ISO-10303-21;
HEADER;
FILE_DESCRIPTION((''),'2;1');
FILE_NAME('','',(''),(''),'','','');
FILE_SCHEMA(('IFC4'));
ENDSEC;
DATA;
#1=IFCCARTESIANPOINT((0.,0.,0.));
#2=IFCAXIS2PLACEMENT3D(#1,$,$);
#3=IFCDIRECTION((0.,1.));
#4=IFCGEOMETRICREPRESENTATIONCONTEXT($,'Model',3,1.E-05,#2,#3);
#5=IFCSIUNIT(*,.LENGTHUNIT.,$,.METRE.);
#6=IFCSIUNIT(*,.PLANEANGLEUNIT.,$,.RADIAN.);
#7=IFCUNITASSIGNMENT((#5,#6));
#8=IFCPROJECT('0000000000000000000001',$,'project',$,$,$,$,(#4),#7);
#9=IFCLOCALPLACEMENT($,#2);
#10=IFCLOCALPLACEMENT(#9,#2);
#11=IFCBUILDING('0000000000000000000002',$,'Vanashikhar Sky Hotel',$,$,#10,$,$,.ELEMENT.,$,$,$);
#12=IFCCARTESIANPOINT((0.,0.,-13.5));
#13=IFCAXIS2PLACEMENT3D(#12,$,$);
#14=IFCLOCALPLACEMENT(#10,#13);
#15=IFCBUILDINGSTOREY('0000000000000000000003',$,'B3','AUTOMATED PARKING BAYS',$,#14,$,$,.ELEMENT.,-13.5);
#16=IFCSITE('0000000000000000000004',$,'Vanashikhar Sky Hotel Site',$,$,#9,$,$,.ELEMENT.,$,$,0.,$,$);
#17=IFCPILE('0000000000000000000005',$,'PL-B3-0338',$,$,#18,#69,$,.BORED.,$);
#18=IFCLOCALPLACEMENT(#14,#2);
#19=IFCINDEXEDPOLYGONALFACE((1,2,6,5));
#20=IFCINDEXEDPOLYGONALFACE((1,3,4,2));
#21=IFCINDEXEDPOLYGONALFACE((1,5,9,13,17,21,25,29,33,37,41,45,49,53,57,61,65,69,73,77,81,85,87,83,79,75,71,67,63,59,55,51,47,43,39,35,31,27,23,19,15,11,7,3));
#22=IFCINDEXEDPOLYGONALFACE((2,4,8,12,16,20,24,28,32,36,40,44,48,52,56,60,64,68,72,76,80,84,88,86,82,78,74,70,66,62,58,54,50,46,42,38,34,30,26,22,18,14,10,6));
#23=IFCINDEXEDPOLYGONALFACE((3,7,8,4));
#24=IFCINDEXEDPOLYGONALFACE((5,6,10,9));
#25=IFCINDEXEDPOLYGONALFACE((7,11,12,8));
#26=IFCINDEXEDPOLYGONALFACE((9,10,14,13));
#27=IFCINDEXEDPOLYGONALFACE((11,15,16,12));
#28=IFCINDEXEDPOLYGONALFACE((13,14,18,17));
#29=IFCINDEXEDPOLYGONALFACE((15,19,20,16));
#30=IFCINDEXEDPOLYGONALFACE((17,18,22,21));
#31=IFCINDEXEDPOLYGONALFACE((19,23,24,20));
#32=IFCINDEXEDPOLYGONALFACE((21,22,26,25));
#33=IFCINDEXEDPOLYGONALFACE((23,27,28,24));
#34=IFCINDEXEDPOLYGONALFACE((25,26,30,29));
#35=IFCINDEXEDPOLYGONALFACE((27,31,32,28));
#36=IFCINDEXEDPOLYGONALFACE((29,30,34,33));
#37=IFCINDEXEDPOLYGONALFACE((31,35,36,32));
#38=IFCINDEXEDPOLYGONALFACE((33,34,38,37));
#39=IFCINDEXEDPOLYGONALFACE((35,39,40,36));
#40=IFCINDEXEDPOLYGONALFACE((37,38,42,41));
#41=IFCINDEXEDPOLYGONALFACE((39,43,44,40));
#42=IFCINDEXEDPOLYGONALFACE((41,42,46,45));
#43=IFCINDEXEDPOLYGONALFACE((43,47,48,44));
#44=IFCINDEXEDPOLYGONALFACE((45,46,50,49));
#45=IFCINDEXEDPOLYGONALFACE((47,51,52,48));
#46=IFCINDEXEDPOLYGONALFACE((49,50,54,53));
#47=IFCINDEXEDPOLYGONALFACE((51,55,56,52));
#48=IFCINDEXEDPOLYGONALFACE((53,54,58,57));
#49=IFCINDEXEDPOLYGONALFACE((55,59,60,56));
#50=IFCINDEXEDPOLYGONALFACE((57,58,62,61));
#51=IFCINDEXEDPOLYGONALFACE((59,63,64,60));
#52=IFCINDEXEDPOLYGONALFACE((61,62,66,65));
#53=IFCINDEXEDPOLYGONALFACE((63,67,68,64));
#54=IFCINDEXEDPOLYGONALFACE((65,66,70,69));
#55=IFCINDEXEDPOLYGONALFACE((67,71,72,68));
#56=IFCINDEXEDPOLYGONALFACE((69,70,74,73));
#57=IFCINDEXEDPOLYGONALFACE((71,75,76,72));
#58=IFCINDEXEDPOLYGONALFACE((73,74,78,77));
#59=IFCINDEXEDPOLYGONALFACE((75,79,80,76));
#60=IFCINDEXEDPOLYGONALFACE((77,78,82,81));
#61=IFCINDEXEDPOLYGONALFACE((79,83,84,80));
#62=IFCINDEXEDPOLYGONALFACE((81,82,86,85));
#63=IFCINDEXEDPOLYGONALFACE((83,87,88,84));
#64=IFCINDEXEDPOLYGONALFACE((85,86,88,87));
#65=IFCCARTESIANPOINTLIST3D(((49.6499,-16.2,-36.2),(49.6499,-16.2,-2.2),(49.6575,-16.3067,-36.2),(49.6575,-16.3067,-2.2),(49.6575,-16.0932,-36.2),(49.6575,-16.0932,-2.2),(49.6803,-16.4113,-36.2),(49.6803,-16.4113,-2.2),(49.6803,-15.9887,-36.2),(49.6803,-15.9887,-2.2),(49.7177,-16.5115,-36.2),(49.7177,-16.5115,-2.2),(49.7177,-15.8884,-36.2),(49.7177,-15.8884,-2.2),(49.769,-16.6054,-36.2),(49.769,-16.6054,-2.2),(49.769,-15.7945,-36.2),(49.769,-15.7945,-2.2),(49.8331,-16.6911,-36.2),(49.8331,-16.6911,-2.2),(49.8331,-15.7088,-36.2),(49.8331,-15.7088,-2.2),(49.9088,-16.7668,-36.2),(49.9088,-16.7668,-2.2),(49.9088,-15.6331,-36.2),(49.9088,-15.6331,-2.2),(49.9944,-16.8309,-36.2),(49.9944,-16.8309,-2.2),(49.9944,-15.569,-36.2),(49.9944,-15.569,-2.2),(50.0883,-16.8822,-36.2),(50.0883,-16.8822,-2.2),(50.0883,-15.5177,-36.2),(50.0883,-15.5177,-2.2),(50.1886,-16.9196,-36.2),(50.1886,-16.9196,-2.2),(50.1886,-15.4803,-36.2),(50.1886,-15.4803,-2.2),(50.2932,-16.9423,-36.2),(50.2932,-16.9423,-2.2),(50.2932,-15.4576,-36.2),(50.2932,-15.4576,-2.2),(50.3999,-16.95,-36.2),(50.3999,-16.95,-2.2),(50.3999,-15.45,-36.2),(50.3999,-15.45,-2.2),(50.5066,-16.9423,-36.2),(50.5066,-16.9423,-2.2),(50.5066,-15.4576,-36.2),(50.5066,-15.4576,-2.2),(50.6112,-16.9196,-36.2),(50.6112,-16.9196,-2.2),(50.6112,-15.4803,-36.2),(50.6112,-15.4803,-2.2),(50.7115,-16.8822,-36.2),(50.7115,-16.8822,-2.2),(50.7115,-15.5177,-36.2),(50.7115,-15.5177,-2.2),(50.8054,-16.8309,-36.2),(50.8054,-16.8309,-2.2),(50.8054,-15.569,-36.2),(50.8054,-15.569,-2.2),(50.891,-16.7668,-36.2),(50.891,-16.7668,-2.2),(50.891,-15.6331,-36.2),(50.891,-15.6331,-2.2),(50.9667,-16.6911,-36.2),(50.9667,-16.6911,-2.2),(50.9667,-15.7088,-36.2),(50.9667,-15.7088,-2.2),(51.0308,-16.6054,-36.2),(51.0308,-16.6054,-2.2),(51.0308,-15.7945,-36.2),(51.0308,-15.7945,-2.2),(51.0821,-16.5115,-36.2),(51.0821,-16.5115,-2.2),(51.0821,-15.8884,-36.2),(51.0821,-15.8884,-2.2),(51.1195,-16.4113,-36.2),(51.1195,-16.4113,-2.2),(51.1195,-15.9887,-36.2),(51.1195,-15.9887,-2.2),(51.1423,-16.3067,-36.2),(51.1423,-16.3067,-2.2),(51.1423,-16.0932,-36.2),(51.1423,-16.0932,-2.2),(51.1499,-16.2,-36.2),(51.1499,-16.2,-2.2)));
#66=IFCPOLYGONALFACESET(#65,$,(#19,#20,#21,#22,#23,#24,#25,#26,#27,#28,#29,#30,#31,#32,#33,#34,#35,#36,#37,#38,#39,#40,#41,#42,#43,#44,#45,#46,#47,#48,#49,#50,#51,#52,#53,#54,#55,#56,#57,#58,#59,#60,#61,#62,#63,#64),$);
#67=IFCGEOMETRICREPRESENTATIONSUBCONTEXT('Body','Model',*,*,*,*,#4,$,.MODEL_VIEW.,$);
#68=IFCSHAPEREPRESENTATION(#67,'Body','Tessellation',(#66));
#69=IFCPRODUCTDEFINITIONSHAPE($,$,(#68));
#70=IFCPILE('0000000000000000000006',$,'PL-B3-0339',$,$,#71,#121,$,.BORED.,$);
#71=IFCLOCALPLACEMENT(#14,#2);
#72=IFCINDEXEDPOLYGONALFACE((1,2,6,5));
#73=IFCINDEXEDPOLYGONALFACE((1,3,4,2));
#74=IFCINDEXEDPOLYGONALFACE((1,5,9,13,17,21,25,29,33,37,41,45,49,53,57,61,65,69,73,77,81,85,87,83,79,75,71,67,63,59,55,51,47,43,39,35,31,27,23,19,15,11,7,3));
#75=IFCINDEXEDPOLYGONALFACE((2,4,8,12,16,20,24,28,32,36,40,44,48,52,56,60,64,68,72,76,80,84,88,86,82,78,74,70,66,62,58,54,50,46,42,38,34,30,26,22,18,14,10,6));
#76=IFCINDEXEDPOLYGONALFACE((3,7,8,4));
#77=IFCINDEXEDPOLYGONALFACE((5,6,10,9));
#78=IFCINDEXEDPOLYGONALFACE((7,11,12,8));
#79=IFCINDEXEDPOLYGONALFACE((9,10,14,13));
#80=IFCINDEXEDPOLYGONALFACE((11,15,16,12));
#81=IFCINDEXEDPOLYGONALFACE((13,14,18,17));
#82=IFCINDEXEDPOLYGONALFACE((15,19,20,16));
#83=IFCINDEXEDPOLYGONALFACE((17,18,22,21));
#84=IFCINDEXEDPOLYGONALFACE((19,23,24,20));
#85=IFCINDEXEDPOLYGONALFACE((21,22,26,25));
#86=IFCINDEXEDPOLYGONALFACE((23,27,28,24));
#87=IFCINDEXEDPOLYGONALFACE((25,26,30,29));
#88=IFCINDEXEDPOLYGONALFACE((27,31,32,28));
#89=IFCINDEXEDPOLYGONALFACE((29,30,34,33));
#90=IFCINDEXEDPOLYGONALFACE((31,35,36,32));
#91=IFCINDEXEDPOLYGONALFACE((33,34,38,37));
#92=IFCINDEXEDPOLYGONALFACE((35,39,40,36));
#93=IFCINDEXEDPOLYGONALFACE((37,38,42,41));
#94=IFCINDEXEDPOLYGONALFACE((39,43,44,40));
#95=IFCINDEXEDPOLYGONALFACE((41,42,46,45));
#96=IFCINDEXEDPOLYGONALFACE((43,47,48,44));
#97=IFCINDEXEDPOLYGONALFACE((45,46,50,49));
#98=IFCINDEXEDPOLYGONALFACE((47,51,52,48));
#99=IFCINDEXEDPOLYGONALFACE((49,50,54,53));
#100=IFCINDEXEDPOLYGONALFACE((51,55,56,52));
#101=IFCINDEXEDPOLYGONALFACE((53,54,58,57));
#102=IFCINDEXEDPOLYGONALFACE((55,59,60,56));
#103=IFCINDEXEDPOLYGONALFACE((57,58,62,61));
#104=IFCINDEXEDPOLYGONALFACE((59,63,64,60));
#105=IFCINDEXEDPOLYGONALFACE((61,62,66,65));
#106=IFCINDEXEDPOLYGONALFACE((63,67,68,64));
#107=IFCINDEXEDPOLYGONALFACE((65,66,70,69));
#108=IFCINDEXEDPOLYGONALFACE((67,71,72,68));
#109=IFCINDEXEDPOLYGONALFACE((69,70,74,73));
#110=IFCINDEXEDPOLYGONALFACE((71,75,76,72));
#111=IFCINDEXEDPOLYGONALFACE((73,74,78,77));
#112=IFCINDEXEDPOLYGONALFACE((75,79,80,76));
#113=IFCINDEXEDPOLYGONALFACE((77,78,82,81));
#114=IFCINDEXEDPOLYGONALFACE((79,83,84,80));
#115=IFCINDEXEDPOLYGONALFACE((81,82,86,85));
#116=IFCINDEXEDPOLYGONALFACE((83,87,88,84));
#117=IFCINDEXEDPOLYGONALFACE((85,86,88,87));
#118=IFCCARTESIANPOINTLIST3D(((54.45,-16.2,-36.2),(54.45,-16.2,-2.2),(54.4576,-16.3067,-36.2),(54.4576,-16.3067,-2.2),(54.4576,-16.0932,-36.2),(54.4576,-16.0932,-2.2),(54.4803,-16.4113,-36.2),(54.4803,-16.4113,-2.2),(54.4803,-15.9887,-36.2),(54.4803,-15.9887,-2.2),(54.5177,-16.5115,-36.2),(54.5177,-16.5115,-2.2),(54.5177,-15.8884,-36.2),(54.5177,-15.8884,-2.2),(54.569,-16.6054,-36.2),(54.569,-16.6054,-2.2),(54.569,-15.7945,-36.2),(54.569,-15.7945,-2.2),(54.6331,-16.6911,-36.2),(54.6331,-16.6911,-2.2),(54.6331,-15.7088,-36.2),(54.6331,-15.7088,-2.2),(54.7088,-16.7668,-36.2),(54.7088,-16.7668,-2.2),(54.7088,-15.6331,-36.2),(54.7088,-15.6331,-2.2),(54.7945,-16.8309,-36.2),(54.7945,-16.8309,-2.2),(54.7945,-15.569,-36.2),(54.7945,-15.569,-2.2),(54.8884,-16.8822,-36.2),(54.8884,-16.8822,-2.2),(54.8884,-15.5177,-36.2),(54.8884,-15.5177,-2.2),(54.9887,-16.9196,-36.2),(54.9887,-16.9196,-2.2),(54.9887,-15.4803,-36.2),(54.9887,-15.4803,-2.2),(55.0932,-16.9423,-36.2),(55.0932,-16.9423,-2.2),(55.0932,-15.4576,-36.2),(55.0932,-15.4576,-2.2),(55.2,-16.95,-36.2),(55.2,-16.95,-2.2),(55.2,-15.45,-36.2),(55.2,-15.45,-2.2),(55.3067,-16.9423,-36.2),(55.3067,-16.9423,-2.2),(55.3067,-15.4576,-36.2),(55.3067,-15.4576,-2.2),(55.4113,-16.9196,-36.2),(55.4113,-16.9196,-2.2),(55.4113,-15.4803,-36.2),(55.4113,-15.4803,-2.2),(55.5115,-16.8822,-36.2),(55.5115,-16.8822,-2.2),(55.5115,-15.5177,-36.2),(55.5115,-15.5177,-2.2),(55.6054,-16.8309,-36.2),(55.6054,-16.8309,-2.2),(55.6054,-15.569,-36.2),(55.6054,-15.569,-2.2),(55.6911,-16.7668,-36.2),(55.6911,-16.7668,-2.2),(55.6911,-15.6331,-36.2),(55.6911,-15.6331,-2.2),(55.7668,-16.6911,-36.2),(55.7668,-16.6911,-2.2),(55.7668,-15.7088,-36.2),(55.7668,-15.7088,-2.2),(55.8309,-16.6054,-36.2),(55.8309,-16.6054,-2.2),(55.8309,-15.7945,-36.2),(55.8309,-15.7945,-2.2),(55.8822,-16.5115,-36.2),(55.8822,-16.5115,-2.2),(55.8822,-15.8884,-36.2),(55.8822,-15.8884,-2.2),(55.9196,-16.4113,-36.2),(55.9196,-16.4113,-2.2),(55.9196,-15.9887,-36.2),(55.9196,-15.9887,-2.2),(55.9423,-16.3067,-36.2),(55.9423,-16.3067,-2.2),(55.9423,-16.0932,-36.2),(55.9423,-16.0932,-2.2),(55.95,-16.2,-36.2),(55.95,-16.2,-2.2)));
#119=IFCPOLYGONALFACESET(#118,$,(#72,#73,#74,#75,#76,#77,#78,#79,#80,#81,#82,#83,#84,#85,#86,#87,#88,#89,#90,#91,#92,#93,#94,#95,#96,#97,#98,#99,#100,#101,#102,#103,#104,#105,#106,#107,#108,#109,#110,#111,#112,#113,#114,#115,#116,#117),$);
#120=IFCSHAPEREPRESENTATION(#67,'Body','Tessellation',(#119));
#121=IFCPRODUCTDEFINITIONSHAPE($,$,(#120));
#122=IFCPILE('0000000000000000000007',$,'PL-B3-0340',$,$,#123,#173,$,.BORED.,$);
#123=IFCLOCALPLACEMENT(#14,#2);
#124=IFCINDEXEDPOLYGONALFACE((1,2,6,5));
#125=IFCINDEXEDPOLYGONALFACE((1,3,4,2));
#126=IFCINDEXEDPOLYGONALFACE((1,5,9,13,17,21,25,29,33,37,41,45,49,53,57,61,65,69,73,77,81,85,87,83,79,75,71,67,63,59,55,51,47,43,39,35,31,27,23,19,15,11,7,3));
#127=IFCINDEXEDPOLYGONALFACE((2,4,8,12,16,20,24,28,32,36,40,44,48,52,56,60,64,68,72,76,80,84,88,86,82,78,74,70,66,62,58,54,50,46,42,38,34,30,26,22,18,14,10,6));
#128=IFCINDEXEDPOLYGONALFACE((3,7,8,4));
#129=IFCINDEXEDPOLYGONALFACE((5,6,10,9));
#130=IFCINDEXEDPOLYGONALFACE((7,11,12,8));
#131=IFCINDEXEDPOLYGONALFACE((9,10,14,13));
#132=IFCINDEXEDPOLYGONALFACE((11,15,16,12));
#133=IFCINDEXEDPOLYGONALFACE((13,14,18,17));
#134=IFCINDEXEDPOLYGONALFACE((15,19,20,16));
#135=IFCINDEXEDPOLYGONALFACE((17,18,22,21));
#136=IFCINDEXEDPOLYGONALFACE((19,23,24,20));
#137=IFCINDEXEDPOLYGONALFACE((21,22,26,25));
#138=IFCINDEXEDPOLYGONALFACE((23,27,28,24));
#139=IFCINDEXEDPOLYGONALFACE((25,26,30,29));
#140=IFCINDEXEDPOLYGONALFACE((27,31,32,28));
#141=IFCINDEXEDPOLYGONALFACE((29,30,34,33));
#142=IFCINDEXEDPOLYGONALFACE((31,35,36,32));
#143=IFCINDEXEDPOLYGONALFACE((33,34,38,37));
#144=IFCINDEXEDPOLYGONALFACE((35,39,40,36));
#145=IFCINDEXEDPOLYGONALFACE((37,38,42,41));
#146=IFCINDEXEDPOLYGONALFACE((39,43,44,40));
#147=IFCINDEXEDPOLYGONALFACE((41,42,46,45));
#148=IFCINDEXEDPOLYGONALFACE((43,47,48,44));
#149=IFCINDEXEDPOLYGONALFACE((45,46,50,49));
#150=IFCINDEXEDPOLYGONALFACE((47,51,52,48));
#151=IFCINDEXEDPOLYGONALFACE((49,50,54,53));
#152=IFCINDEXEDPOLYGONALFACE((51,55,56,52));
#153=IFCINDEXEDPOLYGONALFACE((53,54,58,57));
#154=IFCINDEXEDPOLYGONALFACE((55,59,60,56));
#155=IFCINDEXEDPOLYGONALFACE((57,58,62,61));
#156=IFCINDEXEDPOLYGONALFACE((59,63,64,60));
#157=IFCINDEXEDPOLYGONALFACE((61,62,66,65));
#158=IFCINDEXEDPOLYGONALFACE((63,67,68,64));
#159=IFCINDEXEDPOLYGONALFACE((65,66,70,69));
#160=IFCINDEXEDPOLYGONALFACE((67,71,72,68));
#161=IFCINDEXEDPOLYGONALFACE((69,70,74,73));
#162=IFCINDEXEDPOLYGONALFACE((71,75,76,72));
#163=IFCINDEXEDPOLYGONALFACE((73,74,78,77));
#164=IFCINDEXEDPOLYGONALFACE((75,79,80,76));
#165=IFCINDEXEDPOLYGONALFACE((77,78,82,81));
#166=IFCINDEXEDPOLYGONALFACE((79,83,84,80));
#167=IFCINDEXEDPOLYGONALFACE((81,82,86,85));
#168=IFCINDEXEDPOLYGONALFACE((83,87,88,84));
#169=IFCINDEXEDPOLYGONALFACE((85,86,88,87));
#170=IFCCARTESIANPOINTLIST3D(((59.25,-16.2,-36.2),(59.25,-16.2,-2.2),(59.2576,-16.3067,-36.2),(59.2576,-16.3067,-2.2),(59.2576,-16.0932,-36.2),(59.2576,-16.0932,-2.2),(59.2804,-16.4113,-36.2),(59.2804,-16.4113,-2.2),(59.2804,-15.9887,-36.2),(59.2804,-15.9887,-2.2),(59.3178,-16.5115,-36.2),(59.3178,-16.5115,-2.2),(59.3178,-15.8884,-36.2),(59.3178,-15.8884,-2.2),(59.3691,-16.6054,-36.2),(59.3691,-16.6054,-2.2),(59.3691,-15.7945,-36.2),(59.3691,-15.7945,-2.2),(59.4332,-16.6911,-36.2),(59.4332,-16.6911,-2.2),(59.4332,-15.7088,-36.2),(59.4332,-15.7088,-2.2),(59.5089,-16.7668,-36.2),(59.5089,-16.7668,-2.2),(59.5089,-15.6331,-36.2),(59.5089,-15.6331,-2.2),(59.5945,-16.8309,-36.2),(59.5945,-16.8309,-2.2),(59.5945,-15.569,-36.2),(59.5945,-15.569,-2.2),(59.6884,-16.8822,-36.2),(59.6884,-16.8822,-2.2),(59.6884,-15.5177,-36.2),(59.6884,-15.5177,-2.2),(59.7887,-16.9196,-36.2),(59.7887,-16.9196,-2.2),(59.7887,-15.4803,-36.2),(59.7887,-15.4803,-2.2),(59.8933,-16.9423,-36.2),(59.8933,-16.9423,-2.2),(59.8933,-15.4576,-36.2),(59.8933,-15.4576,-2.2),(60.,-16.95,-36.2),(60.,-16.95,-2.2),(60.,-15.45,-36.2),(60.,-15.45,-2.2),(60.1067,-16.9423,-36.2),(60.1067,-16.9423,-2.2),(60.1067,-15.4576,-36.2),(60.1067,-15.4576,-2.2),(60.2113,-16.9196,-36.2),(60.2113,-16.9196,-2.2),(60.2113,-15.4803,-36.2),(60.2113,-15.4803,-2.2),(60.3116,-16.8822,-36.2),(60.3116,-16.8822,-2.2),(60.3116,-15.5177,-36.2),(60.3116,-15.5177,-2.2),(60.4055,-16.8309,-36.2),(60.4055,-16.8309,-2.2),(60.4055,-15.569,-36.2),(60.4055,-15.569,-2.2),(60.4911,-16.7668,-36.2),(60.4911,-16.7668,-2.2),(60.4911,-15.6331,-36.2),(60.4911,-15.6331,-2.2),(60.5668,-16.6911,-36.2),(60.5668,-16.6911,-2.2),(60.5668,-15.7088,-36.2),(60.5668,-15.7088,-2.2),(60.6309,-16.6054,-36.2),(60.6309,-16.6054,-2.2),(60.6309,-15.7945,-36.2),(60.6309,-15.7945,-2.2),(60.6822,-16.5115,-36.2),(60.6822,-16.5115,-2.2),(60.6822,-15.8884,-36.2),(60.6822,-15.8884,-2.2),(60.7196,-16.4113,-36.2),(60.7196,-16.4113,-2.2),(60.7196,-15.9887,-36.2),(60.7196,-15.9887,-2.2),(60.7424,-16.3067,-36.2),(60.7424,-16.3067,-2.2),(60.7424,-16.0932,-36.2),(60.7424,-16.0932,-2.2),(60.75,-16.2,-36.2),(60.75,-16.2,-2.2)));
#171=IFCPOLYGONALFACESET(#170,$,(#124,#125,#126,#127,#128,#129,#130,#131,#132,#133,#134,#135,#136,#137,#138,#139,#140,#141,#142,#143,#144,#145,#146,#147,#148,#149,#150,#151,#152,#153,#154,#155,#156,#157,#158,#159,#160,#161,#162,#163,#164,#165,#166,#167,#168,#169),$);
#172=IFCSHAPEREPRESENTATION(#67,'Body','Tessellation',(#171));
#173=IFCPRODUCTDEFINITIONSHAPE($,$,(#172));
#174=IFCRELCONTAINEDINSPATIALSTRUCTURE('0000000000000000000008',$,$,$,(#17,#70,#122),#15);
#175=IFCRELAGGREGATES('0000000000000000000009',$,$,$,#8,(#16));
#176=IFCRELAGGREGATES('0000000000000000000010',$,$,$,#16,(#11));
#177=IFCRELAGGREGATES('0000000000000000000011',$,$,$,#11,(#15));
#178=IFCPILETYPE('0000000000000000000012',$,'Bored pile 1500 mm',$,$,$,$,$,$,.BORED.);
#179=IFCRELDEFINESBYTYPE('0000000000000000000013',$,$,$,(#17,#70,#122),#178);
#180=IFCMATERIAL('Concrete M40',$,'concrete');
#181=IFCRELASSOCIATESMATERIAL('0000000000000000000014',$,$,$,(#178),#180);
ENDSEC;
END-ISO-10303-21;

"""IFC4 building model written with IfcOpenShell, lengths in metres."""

from ifc_helpers import new_model, si_unit, direction, frame, origin, origin_2d, place, context, subcontext, project, spatial, circle, extrude, source, transform, mapped, material, type_object, element, save


model = new_model("IFC4")

# Units and contexts
model_context = context("Model", 3, precision=1e-05, world=origin(), true_north=direction((0.0, 1.0)))
body_context = subcontext(model_context, "Body", "Model", "MODEL_VIEW")
ifc_project = project(units=[si_unit("LENGTHUNIT", "METRE"), si_unit("PLANEANGLEUNIT", "RADIAN")], contexts=[model_context])

# Site, building, storey
site_placement = place(None, origin())
site = spatial("IfcSite", under=ifc_project, at=site_placement, Name="Vanashikhar Sky Hotel Site", CompositionType="ELEMENT", RefElevation=0.0)
building_placement = place(site_placement, origin())
building = spatial("IfcBuilding", under=site, at=building_placement, Name="Vanashikhar Sky Hotel", CompositionType="ELEMENT")
storey_placement = place(building_placement, frame((0.0, 0.0, -13.5)))
storey = spatial("IfcBuildingStorey", under=building, at=storey_placement, Name="B3", Description="AUTOMATED PARKING BAYS", CompositionType="ELEMENT", Elevation=-13.5)

# Piles
ifc_material_1 = material(Name="Concrete M40", Category="concrete")
pile_type_1 = type_object("IfcPileType", Name="Bored pile 1500 mm", PredefinedType="BORED", material=ifc_material_1)
shared_shape_1 = source(origin(), body_context, "Body", "SweptSolid", [
    extrude(circle(Radius=0.75, at=origin_2d()), origin(), (0.0, 0.0, 1.0), 34.0),
])
for number, where, z_axis, x_axis, name in (
    (1, (50.3999, -16.2, -2.2), (0.0, 0.0, -1.0), (1.0, 0.0, 0.0), "PL-B3-0338"),
    (2, (55.2, -16.2, -2.2), (0.0, 0.0, -1.0), (1.0, 0.0, 0.0), "PL-B3-0339"),
    (3, (60.0, -16.2, -2.2), (0.0, 0.0, -1.0), (1.0, 0.0, 0.0), "PL-B3-0340"),
):
    element("IfcPile", number, at=place(storey_placement, frame(where, z_axis=z_axis, x_axis=x_axis)), inside=storey, type_object=pile_type_1, Name=name, PredefinedType="BORED", context=body_context, shape_type="MappedRepresentation", body=[
        mapped(shared_shape_1, transform((0.0, 0.0, 0.0), scale=1.0)),
    ])

save(model, "model.ifc")
